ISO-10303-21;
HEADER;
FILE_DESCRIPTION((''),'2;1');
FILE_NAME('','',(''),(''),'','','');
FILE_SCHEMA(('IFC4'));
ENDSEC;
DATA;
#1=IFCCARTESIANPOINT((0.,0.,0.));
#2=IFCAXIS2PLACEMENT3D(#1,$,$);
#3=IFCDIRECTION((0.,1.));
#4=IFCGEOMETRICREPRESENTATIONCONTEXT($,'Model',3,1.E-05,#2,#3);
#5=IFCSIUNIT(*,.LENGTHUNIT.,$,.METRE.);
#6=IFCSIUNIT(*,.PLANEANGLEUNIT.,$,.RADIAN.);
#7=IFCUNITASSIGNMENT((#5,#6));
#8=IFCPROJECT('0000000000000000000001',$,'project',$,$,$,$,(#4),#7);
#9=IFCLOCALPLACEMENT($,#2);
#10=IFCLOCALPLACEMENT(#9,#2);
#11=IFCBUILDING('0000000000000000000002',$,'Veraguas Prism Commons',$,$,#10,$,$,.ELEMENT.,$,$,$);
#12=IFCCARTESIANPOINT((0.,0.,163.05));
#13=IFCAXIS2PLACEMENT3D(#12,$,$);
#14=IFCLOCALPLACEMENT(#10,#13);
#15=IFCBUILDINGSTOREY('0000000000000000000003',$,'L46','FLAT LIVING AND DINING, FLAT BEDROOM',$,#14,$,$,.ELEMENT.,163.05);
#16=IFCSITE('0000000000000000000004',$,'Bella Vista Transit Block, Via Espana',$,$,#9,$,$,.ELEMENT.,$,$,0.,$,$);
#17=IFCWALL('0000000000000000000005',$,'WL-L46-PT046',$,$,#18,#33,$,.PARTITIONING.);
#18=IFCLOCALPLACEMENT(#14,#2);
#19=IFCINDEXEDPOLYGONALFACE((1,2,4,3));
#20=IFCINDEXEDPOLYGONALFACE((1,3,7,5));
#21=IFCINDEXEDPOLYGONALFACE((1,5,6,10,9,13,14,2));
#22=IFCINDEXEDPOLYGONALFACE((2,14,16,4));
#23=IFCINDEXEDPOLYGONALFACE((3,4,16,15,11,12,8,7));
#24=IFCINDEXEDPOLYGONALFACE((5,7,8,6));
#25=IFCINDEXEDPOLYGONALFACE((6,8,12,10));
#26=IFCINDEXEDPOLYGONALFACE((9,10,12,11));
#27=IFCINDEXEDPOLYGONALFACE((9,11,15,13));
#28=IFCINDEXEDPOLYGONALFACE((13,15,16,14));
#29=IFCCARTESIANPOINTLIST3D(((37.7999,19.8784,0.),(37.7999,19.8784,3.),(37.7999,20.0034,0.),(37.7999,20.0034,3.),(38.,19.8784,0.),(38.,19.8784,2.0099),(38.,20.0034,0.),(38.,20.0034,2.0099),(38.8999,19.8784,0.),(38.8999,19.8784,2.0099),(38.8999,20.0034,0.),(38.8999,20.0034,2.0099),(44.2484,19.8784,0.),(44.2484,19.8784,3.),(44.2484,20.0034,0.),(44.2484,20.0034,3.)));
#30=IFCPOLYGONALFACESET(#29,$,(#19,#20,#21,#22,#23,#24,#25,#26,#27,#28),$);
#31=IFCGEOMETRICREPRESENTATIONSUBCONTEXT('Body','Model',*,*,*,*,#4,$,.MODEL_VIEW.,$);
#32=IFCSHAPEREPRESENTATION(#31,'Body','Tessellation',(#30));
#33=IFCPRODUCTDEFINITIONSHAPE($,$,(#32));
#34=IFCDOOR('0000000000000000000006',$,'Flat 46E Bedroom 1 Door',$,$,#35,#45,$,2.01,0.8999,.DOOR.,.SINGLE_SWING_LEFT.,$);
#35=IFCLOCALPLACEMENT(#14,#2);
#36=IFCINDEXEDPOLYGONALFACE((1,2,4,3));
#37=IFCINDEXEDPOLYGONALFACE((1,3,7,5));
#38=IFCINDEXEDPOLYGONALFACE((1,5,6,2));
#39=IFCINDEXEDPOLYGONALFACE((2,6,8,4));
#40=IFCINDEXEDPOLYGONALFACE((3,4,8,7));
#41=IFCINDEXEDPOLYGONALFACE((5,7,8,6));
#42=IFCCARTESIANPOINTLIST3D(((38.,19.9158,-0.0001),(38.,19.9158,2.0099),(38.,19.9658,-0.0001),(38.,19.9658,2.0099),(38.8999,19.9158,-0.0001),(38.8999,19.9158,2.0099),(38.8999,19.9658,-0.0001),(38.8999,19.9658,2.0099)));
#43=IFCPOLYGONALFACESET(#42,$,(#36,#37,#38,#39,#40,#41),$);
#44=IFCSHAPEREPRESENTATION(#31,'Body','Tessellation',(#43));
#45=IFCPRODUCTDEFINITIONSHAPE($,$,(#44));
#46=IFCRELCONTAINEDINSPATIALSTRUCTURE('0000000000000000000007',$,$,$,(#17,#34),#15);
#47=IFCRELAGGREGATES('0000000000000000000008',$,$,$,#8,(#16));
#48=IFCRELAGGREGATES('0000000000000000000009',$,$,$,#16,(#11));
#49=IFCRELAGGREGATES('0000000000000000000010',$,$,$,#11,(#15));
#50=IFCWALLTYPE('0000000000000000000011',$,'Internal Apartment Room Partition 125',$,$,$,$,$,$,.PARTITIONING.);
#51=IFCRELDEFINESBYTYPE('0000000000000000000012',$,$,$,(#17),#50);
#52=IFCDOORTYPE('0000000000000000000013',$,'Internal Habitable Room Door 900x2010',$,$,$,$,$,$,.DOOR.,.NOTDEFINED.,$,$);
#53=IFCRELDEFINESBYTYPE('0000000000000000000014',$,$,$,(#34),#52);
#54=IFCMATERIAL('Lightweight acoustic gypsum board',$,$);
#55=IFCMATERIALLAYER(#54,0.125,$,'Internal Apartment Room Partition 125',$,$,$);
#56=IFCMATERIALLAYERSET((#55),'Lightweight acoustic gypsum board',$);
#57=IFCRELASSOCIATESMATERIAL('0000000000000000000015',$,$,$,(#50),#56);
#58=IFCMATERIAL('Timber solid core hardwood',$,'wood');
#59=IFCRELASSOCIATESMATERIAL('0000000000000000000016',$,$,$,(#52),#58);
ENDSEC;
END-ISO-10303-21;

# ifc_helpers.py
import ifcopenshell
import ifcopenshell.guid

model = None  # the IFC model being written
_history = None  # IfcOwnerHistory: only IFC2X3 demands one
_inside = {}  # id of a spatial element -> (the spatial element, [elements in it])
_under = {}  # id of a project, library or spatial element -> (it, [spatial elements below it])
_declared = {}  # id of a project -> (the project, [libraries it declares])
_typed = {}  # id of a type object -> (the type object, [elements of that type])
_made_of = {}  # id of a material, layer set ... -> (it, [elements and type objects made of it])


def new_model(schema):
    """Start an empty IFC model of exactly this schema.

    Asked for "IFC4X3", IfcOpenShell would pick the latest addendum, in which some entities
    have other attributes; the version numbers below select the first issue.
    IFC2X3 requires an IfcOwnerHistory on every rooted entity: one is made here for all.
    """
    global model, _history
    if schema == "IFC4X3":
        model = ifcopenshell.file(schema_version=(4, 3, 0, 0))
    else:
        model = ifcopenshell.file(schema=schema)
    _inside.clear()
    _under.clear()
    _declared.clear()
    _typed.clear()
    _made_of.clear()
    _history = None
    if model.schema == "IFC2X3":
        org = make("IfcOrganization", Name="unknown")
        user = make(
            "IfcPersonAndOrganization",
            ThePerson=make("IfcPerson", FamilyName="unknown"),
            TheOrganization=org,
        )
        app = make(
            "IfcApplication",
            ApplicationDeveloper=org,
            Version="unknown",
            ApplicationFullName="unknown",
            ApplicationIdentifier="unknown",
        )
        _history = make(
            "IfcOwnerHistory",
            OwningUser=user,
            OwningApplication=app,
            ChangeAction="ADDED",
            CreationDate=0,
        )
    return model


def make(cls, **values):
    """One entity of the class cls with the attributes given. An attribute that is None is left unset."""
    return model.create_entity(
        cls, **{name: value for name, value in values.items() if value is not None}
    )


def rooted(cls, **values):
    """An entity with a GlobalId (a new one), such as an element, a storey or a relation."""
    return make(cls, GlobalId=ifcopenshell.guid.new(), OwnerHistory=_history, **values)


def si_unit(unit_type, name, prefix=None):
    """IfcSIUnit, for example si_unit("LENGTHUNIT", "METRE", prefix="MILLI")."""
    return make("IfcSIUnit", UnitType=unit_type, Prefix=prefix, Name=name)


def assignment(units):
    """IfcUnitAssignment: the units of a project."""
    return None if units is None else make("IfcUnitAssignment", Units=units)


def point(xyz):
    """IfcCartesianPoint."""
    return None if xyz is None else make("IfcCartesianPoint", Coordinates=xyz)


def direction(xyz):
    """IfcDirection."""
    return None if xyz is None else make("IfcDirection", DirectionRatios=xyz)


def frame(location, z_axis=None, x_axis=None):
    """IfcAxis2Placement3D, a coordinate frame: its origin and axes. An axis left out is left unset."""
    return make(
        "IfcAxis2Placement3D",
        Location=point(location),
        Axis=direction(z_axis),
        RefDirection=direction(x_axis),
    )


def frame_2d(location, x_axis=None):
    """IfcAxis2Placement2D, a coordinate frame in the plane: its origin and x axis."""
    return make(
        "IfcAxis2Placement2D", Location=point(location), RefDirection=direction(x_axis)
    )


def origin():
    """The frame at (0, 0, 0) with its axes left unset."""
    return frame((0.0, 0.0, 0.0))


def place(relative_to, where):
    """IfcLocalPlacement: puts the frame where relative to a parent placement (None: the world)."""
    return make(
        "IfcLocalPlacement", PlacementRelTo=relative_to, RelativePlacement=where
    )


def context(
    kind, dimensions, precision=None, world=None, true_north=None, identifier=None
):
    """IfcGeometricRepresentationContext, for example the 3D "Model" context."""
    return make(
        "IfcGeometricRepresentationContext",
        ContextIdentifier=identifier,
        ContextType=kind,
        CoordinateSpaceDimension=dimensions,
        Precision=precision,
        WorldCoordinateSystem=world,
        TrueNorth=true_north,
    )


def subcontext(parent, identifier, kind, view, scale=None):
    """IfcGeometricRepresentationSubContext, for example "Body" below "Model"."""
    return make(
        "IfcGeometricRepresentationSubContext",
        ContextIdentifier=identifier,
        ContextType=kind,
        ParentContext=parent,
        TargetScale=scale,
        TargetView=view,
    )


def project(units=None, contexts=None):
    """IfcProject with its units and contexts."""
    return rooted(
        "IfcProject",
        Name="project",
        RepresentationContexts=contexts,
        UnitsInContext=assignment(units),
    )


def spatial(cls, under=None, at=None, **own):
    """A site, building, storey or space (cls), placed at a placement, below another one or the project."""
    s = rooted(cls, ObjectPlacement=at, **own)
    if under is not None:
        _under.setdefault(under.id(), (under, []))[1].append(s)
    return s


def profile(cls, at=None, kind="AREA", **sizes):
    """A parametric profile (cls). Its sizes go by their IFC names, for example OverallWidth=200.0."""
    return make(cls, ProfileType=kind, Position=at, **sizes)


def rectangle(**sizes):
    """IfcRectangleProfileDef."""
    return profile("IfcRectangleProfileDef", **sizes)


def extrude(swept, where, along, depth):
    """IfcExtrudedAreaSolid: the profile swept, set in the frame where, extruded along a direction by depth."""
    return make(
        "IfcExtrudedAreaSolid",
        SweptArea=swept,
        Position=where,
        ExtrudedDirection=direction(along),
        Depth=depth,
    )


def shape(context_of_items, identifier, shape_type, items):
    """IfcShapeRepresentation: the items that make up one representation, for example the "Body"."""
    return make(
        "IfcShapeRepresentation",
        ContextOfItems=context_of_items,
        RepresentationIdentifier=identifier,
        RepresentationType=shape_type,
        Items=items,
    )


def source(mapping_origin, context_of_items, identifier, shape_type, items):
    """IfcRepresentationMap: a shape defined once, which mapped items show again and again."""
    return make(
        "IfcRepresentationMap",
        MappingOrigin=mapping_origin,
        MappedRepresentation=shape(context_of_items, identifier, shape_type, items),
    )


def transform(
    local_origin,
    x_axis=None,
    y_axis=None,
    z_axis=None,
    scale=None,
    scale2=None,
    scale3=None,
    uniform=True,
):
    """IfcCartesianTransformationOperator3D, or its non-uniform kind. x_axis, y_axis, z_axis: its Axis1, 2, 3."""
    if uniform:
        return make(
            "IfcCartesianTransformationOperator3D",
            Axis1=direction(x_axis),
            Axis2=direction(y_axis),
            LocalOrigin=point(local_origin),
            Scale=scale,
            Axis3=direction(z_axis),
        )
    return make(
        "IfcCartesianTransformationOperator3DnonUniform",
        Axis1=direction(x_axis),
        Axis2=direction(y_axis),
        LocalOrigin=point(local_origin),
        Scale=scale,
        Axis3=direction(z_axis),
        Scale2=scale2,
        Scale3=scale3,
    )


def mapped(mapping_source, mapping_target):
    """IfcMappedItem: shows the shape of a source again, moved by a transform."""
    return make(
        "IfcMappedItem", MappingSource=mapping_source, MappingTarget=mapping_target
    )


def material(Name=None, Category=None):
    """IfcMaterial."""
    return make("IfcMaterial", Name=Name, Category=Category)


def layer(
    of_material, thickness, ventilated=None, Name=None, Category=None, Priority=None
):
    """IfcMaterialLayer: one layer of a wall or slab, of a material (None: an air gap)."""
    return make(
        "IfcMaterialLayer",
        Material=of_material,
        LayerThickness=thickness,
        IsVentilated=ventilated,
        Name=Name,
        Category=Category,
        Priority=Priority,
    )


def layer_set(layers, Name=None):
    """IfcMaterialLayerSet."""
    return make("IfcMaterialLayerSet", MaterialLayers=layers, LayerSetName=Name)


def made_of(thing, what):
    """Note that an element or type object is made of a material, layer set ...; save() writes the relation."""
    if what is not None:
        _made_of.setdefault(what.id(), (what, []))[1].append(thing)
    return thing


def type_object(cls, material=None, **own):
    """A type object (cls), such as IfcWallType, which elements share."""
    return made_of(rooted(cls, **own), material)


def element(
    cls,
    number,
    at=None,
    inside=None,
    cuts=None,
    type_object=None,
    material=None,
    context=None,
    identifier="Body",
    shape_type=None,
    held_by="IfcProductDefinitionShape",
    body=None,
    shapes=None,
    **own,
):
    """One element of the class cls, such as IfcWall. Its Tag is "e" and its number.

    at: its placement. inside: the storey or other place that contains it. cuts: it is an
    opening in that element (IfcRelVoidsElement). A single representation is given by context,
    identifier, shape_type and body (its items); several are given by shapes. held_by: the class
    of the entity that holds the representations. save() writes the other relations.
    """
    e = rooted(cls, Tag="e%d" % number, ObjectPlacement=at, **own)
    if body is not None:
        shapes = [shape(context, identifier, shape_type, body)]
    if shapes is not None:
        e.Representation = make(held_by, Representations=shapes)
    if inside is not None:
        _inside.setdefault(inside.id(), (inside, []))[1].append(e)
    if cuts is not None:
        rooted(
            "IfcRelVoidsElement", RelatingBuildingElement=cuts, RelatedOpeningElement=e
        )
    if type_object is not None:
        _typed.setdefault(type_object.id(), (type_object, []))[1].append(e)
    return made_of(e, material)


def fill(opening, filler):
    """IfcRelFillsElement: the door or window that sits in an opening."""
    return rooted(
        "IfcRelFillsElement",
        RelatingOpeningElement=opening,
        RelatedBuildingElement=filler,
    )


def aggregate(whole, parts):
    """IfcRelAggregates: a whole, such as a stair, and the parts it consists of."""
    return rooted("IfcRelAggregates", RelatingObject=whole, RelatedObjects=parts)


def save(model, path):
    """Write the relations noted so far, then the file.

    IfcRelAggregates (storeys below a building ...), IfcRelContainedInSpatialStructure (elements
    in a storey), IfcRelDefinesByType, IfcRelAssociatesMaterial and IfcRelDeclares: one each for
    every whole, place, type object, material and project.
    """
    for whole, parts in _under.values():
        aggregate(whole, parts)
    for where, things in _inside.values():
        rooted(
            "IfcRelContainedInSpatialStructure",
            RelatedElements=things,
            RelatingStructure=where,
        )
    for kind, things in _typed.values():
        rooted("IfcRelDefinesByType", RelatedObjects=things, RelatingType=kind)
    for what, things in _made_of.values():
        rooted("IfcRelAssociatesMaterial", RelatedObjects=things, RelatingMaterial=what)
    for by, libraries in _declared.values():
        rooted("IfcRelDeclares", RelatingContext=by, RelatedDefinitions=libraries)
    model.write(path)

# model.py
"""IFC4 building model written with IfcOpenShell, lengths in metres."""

from ifc_helpers import new_model, si_unit, direction, frame, frame_2d, origin, place, context, subcontext, project, spatial, rectangle, extrude, source, transform, mapped, material, layer, layer_set, type_object, element, fill, save


model = new_model("IFC4")

# Units and contexts
model_context = context("Model", 3, precision=1e-05, world=origin(), true_north=direction((0.0, 1.0)))
body_context = subcontext(model_context, "Body", "Model", "MODEL_VIEW")
ifc_project = project(units=[si_unit("LENGTHUNIT", "METRE"), si_unit("PLANEANGLEUNIT", "RADIAN")], contexts=[model_context])

# Site, building, storey
site_placement = place(None, origin())
site = spatial("IfcSite", under=ifc_project, at=site_placement, Name="Bella Vista Transit Block, Via Espana", CompositionType="ELEMENT", RefElevation=0.0)
building_placement = place(site_placement, origin())
building = spatial("IfcBuilding", under=site, at=building_placement, Name="Veraguas Prism Commons", CompositionType="ELEMENT")
storey_placement = place(building_placement, frame((0.0, 0.0, 163.05)))
storey = spatial("IfcBuildingStorey", under=building, at=storey_placement, Name="L46", Description="FLAT LIVING AND DINING, FLAT BEDROOM", CompositionType="ELEMENT", Elevation=163.05)

# Shared definitions
shared_shape_1 = source(origin(), body_context, "Body", "SweptSolid", [
    extrude(rectangle(XDim=0.8999, YDim=2.01, at=frame_2d((0.45, 1.0049))), frame((0.0, 0.0249, 0.0), z_axis=(0.0, -1.0, 0.0), x_axis=(1.0, 0.0, 0.0)), (0.0, 0.0, 1.0), 0.05),
])
ifc_material_1 = material(Name="Lightweight acoustic gypsum board")
ifc_layer_1 = layer(ifc_material_1, 0.125, Name="Internal Apartment Room Partition 125")
ifc_layer_set_1 = layer_set([ifc_layer_1], Name="Lightweight acoustic gypsum board")
wall_type_1 = type_object("IfcWallType", Name="Internal Apartment Room Partition 125", PredefinedType="PARTITIONING", material=ifc_layer_set_1)
ifc_material_2 = material(Name="Timber solid core hardwood", Category="wood")
door_type_1 = type_object("IfcDoorType", Name="Internal Habitable Room Door 900x2010", OperationType="NOTDEFINED", PredefinedType="DOOR", material=ifc_material_2)

# Wall, opening, door
wall_1_placement = place(storey_placement, frame((37.8, 19.9409, 0.0), z_axis=(0.0, 0.0, 1.0), x_axis=(1.0, 0.0, 0.0)))
wall_1 = element("IfcWall", 1, at=wall_1_placement, inside=storey, type_object=wall_type_1, Name="WL-L46-PT046", PredefinedType="PARTITIONING", context=body_context, shape_type="SweptSolid", body=[
    extrude(rectangle(XDim=6.4485, YDim=0.125, at=frame_2d((3.2241, 0.0))), origin(), (0.0, 0.0, 1.0), 3.0),
])
opening_1_placement = place(wall_1_placement, frame((0.2, 0.0, 0.0)))
opening_1 = element("IfcOpeningElement", 2, at=opening_1_placement, cuts=wall_1, PredefinedType="OPENING", context=body_context, shape_type="SweptSolid", body=[
    extrude(rectangle(XDim=0.8999, YDim=2.01, at=frame_2d((0.45, 1.0049))), frame((0.0, 0.0725, 0.0), z_axis=(0.0, -1.0, 0.0), x_axis=(1.0, 0.0, 0.0)), (0.0, 0.0, 1.0), 0.145),
])
door_1_placement = place(opening_1_placement, origin())
door_1 = element("IfcDoor", 3, at=door_1_placement, inside=storey, type_object=door_type_1, Name="Flat 46E Bedroom 1 Door", OperationType="SINGLE_SWING_LEFT", OverallHeight=2.01, OverallWidth=0.8999, PredefinedType="DOOR", context=body_context, shape_type="MappedRepresentation", body=[
    mapped(shared_shape_1, transform((0.0, 0.0, 0.0), scale=1.0)),
])
fill(opening_1, door_1)

save(model, "model.ifc")
